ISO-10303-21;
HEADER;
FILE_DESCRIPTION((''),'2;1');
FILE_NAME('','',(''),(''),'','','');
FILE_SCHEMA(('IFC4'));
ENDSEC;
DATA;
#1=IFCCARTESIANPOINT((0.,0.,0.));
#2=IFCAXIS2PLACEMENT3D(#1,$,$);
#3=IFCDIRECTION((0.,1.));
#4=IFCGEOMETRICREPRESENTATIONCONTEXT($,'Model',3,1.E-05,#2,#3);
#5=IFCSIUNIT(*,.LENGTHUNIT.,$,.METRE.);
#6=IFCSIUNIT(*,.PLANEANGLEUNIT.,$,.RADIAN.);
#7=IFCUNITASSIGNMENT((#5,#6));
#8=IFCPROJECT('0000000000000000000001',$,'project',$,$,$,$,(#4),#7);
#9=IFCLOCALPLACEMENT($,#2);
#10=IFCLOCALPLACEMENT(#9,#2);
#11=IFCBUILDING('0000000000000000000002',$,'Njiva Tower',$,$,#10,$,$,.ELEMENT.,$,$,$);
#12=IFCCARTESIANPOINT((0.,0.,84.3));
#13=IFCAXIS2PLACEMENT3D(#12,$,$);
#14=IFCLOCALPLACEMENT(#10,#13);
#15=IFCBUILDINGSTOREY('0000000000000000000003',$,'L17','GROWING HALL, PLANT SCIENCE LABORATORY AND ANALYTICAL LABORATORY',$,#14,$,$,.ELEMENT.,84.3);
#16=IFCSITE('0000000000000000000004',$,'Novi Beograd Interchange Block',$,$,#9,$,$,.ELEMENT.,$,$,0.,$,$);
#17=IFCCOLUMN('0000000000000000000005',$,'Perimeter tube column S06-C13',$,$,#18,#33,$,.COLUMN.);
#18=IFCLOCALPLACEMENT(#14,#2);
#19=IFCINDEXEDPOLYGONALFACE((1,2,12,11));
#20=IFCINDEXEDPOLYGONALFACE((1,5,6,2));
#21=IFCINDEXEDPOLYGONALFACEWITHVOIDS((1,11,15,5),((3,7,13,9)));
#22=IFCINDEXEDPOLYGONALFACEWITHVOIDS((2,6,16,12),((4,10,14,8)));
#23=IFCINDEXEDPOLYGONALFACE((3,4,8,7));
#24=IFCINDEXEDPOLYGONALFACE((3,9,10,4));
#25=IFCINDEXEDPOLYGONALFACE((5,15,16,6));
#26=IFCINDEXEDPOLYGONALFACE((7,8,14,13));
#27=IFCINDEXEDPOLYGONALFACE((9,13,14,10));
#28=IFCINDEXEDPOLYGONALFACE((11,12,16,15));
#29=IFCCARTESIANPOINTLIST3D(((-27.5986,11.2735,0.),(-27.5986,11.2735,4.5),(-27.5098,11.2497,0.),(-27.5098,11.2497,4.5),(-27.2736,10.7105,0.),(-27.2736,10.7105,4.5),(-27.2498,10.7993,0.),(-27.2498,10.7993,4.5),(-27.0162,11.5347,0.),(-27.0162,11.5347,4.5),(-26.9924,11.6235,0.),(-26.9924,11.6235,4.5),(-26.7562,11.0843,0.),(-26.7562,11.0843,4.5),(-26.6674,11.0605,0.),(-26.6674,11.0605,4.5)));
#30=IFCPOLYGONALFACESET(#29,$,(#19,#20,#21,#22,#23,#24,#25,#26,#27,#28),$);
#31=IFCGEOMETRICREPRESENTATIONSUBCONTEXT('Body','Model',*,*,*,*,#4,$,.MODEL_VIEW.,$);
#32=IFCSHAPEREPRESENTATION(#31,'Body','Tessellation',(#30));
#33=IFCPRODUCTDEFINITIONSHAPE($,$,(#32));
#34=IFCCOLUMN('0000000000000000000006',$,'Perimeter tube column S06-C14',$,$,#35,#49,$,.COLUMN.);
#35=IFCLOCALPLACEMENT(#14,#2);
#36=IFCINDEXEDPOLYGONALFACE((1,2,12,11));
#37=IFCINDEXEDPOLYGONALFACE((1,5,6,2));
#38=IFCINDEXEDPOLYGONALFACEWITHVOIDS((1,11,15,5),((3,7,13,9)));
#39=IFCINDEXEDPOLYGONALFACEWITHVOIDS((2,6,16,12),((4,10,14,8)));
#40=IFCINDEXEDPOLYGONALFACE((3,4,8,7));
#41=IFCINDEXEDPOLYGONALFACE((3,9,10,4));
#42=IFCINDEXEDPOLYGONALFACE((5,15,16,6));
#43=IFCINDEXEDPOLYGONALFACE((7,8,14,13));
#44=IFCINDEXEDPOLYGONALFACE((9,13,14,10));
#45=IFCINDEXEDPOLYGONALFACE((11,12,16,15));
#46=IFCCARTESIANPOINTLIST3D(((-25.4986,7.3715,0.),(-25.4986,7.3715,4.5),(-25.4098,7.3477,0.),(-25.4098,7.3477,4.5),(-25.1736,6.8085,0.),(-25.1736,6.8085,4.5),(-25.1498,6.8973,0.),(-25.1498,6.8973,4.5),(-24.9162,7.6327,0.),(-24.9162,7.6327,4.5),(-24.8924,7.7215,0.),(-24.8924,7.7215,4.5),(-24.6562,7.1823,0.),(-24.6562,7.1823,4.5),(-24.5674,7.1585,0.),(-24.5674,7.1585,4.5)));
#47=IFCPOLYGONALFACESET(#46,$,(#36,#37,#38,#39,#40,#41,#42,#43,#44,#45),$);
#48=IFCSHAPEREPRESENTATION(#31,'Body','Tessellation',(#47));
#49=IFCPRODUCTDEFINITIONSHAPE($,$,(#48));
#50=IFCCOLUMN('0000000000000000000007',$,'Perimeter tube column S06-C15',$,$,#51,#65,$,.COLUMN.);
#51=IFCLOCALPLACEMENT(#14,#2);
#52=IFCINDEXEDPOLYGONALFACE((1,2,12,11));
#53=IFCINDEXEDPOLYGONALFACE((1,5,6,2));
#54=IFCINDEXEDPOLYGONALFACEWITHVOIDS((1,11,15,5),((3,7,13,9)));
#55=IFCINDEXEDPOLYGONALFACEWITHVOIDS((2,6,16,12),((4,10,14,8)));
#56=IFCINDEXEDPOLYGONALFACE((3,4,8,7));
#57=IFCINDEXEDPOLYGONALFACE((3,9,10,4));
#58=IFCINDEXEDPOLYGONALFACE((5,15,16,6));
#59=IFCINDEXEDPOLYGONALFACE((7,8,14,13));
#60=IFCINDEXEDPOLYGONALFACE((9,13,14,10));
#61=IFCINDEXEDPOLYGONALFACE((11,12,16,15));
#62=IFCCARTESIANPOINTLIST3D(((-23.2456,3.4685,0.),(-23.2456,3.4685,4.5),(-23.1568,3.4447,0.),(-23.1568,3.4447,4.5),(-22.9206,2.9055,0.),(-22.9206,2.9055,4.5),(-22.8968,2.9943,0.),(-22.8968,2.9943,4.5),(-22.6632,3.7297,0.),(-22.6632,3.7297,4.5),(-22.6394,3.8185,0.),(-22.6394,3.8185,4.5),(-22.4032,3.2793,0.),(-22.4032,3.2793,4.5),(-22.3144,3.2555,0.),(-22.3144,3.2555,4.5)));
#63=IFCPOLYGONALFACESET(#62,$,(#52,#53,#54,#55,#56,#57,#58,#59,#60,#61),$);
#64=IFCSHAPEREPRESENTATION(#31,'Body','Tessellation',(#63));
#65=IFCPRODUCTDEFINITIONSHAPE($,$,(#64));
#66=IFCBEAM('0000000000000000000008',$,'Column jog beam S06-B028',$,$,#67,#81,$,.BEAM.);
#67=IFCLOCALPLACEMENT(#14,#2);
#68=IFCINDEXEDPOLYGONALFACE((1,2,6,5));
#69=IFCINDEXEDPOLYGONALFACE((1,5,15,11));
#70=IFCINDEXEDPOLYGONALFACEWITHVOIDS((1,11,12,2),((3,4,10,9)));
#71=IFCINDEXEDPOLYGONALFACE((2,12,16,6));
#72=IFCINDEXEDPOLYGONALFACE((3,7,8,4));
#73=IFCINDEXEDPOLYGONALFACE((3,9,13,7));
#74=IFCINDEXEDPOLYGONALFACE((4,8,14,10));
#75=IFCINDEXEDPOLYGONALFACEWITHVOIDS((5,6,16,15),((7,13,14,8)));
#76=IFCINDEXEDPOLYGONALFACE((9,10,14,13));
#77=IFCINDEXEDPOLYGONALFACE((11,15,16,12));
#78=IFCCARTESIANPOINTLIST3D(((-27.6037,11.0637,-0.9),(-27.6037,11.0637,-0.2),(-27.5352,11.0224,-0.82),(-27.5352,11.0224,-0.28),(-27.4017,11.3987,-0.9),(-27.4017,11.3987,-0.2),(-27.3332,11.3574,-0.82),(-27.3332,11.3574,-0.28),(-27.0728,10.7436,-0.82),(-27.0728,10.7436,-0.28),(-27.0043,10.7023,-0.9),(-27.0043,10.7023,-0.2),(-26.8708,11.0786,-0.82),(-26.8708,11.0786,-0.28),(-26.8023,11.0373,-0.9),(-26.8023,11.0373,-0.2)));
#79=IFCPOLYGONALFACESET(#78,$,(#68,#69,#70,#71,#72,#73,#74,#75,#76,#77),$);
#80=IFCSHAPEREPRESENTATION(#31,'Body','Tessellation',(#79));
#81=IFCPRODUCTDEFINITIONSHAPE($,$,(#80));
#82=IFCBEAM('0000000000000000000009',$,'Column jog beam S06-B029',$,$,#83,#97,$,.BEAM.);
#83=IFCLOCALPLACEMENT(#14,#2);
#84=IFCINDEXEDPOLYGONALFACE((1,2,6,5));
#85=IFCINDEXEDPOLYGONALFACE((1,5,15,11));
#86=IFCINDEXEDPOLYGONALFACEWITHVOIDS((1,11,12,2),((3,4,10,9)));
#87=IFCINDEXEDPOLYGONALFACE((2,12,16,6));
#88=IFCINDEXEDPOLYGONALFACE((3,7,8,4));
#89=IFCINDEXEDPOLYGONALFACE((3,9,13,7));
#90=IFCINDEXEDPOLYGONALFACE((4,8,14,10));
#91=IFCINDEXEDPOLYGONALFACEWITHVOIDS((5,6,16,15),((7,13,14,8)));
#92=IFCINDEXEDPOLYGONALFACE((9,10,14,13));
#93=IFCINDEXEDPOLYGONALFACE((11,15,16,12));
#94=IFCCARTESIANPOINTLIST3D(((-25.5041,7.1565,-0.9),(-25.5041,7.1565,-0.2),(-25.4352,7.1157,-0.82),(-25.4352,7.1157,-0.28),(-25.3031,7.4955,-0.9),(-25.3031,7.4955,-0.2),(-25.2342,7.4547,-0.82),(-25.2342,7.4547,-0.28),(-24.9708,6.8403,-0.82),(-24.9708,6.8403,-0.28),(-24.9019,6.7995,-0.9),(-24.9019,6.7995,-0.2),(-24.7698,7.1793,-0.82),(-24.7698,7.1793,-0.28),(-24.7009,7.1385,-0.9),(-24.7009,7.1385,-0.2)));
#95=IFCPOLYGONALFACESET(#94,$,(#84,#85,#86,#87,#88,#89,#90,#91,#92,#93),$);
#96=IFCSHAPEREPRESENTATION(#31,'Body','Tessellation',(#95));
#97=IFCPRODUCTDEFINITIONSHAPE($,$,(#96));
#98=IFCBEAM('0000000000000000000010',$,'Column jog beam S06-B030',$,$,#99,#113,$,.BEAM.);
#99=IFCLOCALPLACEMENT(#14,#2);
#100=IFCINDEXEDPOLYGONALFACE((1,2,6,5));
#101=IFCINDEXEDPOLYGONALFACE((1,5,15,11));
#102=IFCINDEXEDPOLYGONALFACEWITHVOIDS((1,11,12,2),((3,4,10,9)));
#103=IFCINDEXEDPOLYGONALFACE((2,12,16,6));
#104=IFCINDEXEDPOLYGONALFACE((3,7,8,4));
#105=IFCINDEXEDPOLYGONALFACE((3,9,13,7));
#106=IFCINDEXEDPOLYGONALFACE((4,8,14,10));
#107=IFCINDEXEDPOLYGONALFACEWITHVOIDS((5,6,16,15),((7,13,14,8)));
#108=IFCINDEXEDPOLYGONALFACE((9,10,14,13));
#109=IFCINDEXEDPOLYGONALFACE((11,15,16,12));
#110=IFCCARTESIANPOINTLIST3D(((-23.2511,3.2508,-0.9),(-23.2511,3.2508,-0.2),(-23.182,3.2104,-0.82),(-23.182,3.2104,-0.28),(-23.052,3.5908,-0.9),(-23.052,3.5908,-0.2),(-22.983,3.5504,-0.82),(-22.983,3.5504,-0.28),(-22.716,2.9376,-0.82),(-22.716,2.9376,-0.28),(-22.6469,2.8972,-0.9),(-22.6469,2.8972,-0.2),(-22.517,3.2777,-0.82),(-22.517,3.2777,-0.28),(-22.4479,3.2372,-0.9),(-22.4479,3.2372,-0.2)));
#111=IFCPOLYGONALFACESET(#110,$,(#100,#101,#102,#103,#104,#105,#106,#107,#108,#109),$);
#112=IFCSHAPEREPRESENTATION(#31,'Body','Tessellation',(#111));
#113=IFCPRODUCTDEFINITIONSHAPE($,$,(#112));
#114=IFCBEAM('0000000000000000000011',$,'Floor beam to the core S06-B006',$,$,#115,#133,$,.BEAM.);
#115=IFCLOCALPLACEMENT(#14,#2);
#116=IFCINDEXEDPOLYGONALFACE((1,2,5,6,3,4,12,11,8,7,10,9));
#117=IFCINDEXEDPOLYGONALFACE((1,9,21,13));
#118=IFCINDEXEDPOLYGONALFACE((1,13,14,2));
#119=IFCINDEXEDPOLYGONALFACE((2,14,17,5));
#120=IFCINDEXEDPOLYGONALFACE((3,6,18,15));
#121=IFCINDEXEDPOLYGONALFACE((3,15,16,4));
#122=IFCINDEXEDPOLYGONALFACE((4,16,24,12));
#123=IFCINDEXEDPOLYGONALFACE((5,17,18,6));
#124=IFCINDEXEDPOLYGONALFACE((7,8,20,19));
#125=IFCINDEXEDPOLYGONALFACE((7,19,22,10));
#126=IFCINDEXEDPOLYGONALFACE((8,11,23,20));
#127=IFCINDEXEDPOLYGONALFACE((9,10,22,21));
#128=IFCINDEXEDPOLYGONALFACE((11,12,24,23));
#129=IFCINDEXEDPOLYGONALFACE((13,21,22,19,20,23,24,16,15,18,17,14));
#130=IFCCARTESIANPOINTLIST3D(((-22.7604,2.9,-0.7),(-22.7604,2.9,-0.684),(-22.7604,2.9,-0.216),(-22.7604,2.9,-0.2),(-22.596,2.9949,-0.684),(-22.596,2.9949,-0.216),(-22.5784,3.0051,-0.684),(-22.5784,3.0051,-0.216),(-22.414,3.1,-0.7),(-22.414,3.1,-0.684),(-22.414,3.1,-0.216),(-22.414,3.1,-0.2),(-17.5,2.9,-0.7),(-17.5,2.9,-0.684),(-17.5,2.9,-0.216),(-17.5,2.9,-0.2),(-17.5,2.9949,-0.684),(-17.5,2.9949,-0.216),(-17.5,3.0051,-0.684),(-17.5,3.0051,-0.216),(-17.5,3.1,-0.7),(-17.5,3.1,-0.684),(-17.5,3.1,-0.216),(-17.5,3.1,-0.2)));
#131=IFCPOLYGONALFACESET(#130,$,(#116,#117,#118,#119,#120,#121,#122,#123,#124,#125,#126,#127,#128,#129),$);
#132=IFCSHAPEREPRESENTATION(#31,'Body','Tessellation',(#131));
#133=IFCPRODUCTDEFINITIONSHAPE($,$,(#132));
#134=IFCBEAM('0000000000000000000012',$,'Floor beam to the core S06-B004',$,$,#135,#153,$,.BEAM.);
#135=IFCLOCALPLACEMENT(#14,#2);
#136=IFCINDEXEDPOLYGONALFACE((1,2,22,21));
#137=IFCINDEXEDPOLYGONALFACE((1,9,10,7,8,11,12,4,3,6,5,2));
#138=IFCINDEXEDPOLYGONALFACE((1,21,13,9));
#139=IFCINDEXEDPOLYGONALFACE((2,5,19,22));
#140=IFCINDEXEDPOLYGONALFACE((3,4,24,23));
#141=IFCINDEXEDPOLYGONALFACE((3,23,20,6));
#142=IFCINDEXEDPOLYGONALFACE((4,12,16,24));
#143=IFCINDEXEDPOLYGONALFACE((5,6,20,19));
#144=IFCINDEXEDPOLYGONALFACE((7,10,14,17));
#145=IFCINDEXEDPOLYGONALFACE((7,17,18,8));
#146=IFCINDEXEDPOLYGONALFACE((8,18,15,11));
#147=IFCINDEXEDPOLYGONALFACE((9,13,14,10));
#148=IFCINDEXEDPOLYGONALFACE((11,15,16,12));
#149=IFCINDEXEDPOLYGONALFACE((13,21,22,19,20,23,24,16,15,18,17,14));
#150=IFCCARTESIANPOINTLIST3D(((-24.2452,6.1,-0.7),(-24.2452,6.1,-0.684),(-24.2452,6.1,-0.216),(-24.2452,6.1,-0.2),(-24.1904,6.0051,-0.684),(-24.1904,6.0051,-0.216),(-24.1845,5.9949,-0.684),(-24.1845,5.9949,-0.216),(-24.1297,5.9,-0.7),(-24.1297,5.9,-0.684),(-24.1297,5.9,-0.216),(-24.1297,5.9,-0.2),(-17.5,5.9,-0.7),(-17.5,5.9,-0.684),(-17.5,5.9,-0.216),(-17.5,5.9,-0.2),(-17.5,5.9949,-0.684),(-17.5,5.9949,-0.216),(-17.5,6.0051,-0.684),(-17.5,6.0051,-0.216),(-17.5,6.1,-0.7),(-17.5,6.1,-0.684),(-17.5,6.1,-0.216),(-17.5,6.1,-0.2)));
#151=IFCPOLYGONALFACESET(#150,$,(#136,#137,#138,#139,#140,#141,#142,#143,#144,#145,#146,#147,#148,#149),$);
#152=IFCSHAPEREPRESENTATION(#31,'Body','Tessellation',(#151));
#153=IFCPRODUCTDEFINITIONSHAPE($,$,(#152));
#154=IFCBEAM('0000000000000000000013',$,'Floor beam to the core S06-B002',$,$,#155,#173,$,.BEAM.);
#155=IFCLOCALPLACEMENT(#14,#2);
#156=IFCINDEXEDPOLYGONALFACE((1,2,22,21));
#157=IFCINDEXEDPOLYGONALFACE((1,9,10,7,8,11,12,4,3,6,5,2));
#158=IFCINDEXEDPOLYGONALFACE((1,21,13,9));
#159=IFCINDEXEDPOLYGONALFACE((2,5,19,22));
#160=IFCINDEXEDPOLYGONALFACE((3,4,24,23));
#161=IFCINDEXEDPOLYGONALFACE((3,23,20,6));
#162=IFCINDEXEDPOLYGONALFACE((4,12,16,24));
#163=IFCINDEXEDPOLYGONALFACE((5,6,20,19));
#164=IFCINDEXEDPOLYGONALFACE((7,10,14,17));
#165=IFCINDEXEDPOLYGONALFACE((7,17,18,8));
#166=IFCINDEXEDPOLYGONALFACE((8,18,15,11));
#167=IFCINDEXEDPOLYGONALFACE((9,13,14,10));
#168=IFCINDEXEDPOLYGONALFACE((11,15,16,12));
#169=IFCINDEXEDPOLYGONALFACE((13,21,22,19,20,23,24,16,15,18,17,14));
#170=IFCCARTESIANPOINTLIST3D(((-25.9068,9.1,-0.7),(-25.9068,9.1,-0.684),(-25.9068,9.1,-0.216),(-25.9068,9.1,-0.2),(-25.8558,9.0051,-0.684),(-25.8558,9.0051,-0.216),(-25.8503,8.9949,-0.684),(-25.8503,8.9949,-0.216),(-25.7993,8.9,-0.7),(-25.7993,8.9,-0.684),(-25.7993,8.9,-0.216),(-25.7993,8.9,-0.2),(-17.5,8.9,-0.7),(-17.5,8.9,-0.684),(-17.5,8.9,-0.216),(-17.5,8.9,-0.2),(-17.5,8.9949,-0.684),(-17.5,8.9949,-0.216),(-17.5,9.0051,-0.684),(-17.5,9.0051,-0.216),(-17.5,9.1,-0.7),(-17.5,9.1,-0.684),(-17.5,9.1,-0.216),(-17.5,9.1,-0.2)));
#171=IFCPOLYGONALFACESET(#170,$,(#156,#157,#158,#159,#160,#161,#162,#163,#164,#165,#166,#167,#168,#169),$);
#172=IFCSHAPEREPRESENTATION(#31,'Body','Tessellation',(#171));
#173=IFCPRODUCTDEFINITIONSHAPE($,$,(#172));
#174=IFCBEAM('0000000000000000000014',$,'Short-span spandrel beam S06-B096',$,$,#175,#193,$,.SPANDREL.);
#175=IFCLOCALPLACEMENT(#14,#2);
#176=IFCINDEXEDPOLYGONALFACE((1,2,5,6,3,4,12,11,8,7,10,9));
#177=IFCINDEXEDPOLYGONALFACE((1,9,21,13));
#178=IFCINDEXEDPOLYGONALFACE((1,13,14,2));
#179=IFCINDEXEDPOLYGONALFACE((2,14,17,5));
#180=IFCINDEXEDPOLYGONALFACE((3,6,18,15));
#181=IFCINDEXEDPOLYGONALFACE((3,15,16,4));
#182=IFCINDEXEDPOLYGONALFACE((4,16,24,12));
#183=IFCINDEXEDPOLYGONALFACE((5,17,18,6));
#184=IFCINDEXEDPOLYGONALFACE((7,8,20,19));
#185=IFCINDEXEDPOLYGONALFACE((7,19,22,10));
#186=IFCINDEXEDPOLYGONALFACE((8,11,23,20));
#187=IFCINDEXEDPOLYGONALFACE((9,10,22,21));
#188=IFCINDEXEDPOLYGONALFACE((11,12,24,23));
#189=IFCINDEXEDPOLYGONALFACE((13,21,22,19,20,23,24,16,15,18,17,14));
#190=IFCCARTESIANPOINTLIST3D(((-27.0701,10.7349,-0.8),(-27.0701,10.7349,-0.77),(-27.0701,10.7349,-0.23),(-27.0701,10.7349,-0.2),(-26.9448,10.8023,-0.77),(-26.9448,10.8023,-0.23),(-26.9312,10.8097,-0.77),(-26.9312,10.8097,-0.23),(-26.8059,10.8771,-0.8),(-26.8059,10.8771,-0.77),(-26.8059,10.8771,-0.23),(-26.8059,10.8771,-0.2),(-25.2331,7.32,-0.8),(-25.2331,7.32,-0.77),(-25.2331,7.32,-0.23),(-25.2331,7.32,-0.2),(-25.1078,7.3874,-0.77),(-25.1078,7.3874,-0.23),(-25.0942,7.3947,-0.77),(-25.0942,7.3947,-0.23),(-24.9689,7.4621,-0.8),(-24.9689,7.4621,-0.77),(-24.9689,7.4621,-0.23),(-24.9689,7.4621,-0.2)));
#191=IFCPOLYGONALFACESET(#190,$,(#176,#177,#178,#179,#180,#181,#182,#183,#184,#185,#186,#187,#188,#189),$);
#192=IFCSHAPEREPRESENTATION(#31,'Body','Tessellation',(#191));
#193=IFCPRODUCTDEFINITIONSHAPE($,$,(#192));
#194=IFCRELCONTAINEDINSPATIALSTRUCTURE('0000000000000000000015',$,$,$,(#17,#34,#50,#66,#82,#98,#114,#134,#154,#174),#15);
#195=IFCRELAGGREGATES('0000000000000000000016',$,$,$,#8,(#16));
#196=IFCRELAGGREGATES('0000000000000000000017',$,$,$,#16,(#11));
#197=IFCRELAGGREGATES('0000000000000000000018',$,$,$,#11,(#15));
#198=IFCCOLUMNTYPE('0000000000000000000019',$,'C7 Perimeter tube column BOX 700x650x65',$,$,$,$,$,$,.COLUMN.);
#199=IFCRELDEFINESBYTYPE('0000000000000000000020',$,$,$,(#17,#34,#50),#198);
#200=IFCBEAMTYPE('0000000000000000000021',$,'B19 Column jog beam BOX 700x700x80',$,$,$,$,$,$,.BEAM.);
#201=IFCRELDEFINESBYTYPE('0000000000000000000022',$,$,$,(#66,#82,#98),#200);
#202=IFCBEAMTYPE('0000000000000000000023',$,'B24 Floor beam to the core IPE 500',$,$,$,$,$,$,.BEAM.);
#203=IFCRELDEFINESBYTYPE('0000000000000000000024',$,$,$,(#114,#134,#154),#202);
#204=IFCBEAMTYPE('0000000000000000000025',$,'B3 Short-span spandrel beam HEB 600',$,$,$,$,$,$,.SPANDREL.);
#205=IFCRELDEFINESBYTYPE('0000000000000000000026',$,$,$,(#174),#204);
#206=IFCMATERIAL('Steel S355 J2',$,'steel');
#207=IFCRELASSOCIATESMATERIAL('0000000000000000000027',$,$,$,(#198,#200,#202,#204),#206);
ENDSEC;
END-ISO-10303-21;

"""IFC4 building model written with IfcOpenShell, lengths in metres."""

from ifc_helpers import new_model, si_unit, direction, frame, origin, origin_2d, place, context, subcontext, project, spatial, hollow_rectangle, i_section, extrude, clip, halfspace, material, material_profile, profile_set, type_object, element, save


model = new_model("IFC4")

# Units and contexts
model_context = context("Model", 3, precision=1e-05, world=origin(), true_north=direction((0.0, 1.0)))
body_context = subcontext(model_context, "Body", "Model", "MODEL_VIEW")
ifc_project = project(units=[si_unit("LENGTHUNIT", "METRE"), si_unit("PLANEANGLEUNIT", "RADIAN")], contexts=[model_context])

# Site, building, storey
site_placement = place(None, origin())
site = spatial("IfcSite", under=ifc_project, at=site_placement, Name="Novi Beograd Interchange Block", CompositionType="ELEMENT", RefElevation=0.0)
building_placement = place(site_placement, origin())
building = spatial("IfcBuilding", under=site, at=building_placement, Name="Njiva Tower", CompositionType="ELEMENT")
storey_placement = place(building_placement, frame((0.0, 0.0, 84.3)))
storey = spatial("IfcBuildingStorey", under=building, at=storey_placement, Name="L17", Description="GROWING HALL, PLANT SCIENCE LABORATORY AND ANALYTICAL LABORATORY", CompositionType="ELEMENT", Elevation=84.3)

# Columns
ifc_material_1 = material(Name="Steel S355 J2", Category="steel")
ifc_material_profile_1 = material_profile(ifc_material_1, hollow_rectangle(XDim=0.65, YDim=0.7, WallThickness=0.065, at=origin_2d()), Name="BOX 700x650x65")
ifc_profile_set_1 = profile_set([ifc_material_profile_1], Name="Steel S355 J2")
column_type = type_object("IfcColumnType", Name="C7 Perimeter tube column BOX 700x650x65", PredefinedType="COLUMN", material=ifc_profile_set_1)
for number, where, z_axis, x_axis, name in (
    (1, (-27.133, 11.167, 0.0), (0.0, 0.0, 1.0), (0.5, -0.866025, 0.0), "Perimeter tube column S06-C13"),
    (2, (-25.033, 7.265, 0.0), (0.0, 0.0, 1.0), (0.5, -0.866025, 0.0), "Perimeter tube column S06-C14"),
    (3, (-22.78, 3.362, 0.0), (0.0, 0.0, 1.0), (0.5, -0.866025, 0.0), "Perimeter tube column S06-C15"),
):
    element("IfcColumn", number, at=place(storey_placement, frame(where, z_axis=z_axis, x_axis=x_axis)), inside=storey, type_object=column_type, Name=name, PredefinedType="COLUMN", context=body_context, shape_type="SweptSolid", body=[
        extrude(hollow_rectangle(XDim=0.65, YDim=0.7, WallThickness=0.065, at=origin_2d()), origin(), (0.0, 0.0, 1.0), 4.5),
    ])

# Beams
ifc_material_profile_2 = material_profile(ifc_material_1, hollow_rectangle(XDim=0.7, YDim=0.7, WallThickness=0.08, at=origin_2d()), Name="BOX 700x700x80")
ifc_profile_set_2 = profile_set([ifc_material_profile_2], Name="Steel S355 J2")
beam_type_1 = type_object("IfcBeamType", Name="B19 Column jog beam BOX 700x700x80", PredefinedType="BEAM", material=ifc_profile_set_2)
beam_1_placement = place(storey_placement, frame((-27.304, 10.883, -0.55), z_axis=(0.516374, 0.856363, 0.0), x_axis=(-0.856363, 0.516374, 0.0)))
element("IfcBeam", 4, at=beam_1_placement, inside=storey, type_object=beam_type_1, Name="Column jog beam S06-B028", PredefinedType="BEAM", context=body_context, shape_type="SweptSolid", body=[
    extrude(hollow_rectangle(XDim=0.7, YDim=0.7, WallThickness=0.08, at=origin_2d()), origin(), (0.0, 0.0, 1.0), 0.3912),
])
beam_2_placement = place(storey_placement, frame((-25.203, 6.978, -0.55), z_axis=(0.510011, 0.860168, 0.0), x_axis=(-0.860168, 0.510011, 0.0)))
element("IfcBeam", 5, at=beam_2_placement, inside=storey, type_object=beam_type_1, Name="Column jog beam S06-B029", PredefinedType="BEAM", context=body_context, shape_type="SweptSolid", body=[
    extrude(hollow_rectangle(XDim=0.7, YDim=0.7, WallThickness=0.08, at=origin_2d()), origin(), (0.0, 0.0, 1.0), 0.3941),
])
beam_3_placement = place(storey_placement, frame((-22.949, 3.074, -0.55), z_axis=(0.505133, 0.863041, 0.0), x_axis=(-0.863041, 0.505133, 0.0)))
element("IfcBeam", 6, at=beam_3_placement, inside=storey, type_object=beam_type_1, Name="Column jog beam S06-B030", PredefinedType="BEAM", context=body_context, shape_type="SweptSolid", body=[
    extrude(hollow_rectangle(XDim=0.7, YDim=0.7, WallThickness=0.08, at=origin_2d()), origin(), (0.0, 0.0, 1.0), 0.394),
])
ifc_material_profile_3 = material_profile(ifc_material_1, i_section(OverallWidth=0.2, OverallDepth=0.5, WebThickness=0.0102, FlangeThickness=0.016, at=origin_2d()), Name="IPE 500")
ifc_profile_set_3 = profile_set([ifc_material_profile_3], Name="Steel S355 J2")
beam_type_2 = type_object("IfcBeamType", Name="B24 Floor beam to the core IPE 500", PredefinedType="BEAM", material=ifc_profile_set_3)
beam_4_placement = place(storey_placement, frame((-22.78, 3.0, -0.45), z_axis=(1.0, 0.0, 0.0), x_axis=(0.0, 1.0, 0.0)))
element("IfcBeam", 7, at=beam_4_placement, inside=storey, type_object=beam_type_2, Name="Floor beam to the core S06-B006", PredefinedType="BEAM", context=body_context, shape_type="Clipping", body=[
    clip(extrude(i_section(OverallWidth=0.2, OverallDepth=0.5, WebThickness=0.0102, FlangeThickness=0.016, at=origin_2d()), origin(), (0.0, 0.0, 1.0), 5.28), halfspace(frame((0.0433, 0.0, 0.2678), z_axis=(0.866027, 0.0, -0.499998), x_axis=(0.0, -1.0, 0.0)), False)),
])
beam_5_placement = place(storey_placement, frame((-24.265, 6.0, -0.45), z_axis=(1.0, 0.0, 0.0), x_axis=(0.0, 1.0, 0.0)))
element("IfcBeam", 8, at=beam_5_placement, inside=storey, type_object=beam_type_2, Name="Floor beam to the core S06-B004", PredefinedType="BEAM", context=body_context, shape_type="Clipping", body=[
    clip(extrude(i_section(OverallWidth=0.2, OverallDepth=0.5, WebThickness=0.0102, FlangeThickness=0.016, at=origin_2d()), origin(), (0.0, 0.0, 1.0), 6.765), halfspace(frame((-0.025, 0.0, 0.092), z_axis=(-0.499998, 0.0, -0.866027), x_axis=(0.0, -1.0, 0.0)), False)),
])
beam_6_placement = place(storey_placement, frame((-25.927, 9.0, -0.45), z_axis=(1.0, 0.0, 0.0), x_axis=(0.0, 1.0, 0.0)))
element("IfcBeam", 9, at=beam_6_placement, inside=storey, type_object=beam_type_2, Name="Floor beam to the core S06-B002", PredefinedType="BEAM", context=body_context, shape_type="Clipping", body=[
    clip(extrude(i_section(OverallWidth=0.2, OverallDepth=0.5, WebThickness=0.0102, FlangeThickness=0.016, at=origin_2d()), origin(), (0.0, 0.0, 1.0), 8.427), halfspace(frame((-0.0237, 0.0, 0.0867), z_axis=(-0.473762, 0.0, -0.880653), x_axis=(0.0, -1.0, 0.0)), False)),
])
ifc_material_profile_4 = material_profile(ifc_material_1, i_section(OverallWidth=0.3, OverallDepth=0.6, WebThickness=0.0155, FlangeThickness=0.03, at=origin_2d()), Name="HEB 600")
ifc_profile_set_4 = profile_set([ifc_material_profile_4], Name="Steel S355 J2")
beam_type_3 = type_object("IfcBeamType", Name="B3 Short-span spandrel beam HEB 600", PredefinedType="SPANDREL", material=ifc_profile_set_4)
beam_7_placement = place(storey_placement, frame((-26.938, 10.806, -0.5), z_axis=(0.473731, -0.88067, 0.0), x_axis=(0.88067, 0.473731, 0.0)))
element("IfcBeam", 10, at=beam_7_placement, inside=storey, type_object=beam_type_3, Name="Short-span spandrel beam S06-B096", PredefinedType="SPANDREL", context=body_context, shape_type="SweptSolid", body=[
    extrude(i_section(OverallWidth=0.3, OverallDepth=0.6, WebThickness=0.0155, FlangeThickness=0.03, at=origin_2d()), origin(), (0.0, 0.0, 1.0), 3.8777),
])

save(model, "model.ifc")
